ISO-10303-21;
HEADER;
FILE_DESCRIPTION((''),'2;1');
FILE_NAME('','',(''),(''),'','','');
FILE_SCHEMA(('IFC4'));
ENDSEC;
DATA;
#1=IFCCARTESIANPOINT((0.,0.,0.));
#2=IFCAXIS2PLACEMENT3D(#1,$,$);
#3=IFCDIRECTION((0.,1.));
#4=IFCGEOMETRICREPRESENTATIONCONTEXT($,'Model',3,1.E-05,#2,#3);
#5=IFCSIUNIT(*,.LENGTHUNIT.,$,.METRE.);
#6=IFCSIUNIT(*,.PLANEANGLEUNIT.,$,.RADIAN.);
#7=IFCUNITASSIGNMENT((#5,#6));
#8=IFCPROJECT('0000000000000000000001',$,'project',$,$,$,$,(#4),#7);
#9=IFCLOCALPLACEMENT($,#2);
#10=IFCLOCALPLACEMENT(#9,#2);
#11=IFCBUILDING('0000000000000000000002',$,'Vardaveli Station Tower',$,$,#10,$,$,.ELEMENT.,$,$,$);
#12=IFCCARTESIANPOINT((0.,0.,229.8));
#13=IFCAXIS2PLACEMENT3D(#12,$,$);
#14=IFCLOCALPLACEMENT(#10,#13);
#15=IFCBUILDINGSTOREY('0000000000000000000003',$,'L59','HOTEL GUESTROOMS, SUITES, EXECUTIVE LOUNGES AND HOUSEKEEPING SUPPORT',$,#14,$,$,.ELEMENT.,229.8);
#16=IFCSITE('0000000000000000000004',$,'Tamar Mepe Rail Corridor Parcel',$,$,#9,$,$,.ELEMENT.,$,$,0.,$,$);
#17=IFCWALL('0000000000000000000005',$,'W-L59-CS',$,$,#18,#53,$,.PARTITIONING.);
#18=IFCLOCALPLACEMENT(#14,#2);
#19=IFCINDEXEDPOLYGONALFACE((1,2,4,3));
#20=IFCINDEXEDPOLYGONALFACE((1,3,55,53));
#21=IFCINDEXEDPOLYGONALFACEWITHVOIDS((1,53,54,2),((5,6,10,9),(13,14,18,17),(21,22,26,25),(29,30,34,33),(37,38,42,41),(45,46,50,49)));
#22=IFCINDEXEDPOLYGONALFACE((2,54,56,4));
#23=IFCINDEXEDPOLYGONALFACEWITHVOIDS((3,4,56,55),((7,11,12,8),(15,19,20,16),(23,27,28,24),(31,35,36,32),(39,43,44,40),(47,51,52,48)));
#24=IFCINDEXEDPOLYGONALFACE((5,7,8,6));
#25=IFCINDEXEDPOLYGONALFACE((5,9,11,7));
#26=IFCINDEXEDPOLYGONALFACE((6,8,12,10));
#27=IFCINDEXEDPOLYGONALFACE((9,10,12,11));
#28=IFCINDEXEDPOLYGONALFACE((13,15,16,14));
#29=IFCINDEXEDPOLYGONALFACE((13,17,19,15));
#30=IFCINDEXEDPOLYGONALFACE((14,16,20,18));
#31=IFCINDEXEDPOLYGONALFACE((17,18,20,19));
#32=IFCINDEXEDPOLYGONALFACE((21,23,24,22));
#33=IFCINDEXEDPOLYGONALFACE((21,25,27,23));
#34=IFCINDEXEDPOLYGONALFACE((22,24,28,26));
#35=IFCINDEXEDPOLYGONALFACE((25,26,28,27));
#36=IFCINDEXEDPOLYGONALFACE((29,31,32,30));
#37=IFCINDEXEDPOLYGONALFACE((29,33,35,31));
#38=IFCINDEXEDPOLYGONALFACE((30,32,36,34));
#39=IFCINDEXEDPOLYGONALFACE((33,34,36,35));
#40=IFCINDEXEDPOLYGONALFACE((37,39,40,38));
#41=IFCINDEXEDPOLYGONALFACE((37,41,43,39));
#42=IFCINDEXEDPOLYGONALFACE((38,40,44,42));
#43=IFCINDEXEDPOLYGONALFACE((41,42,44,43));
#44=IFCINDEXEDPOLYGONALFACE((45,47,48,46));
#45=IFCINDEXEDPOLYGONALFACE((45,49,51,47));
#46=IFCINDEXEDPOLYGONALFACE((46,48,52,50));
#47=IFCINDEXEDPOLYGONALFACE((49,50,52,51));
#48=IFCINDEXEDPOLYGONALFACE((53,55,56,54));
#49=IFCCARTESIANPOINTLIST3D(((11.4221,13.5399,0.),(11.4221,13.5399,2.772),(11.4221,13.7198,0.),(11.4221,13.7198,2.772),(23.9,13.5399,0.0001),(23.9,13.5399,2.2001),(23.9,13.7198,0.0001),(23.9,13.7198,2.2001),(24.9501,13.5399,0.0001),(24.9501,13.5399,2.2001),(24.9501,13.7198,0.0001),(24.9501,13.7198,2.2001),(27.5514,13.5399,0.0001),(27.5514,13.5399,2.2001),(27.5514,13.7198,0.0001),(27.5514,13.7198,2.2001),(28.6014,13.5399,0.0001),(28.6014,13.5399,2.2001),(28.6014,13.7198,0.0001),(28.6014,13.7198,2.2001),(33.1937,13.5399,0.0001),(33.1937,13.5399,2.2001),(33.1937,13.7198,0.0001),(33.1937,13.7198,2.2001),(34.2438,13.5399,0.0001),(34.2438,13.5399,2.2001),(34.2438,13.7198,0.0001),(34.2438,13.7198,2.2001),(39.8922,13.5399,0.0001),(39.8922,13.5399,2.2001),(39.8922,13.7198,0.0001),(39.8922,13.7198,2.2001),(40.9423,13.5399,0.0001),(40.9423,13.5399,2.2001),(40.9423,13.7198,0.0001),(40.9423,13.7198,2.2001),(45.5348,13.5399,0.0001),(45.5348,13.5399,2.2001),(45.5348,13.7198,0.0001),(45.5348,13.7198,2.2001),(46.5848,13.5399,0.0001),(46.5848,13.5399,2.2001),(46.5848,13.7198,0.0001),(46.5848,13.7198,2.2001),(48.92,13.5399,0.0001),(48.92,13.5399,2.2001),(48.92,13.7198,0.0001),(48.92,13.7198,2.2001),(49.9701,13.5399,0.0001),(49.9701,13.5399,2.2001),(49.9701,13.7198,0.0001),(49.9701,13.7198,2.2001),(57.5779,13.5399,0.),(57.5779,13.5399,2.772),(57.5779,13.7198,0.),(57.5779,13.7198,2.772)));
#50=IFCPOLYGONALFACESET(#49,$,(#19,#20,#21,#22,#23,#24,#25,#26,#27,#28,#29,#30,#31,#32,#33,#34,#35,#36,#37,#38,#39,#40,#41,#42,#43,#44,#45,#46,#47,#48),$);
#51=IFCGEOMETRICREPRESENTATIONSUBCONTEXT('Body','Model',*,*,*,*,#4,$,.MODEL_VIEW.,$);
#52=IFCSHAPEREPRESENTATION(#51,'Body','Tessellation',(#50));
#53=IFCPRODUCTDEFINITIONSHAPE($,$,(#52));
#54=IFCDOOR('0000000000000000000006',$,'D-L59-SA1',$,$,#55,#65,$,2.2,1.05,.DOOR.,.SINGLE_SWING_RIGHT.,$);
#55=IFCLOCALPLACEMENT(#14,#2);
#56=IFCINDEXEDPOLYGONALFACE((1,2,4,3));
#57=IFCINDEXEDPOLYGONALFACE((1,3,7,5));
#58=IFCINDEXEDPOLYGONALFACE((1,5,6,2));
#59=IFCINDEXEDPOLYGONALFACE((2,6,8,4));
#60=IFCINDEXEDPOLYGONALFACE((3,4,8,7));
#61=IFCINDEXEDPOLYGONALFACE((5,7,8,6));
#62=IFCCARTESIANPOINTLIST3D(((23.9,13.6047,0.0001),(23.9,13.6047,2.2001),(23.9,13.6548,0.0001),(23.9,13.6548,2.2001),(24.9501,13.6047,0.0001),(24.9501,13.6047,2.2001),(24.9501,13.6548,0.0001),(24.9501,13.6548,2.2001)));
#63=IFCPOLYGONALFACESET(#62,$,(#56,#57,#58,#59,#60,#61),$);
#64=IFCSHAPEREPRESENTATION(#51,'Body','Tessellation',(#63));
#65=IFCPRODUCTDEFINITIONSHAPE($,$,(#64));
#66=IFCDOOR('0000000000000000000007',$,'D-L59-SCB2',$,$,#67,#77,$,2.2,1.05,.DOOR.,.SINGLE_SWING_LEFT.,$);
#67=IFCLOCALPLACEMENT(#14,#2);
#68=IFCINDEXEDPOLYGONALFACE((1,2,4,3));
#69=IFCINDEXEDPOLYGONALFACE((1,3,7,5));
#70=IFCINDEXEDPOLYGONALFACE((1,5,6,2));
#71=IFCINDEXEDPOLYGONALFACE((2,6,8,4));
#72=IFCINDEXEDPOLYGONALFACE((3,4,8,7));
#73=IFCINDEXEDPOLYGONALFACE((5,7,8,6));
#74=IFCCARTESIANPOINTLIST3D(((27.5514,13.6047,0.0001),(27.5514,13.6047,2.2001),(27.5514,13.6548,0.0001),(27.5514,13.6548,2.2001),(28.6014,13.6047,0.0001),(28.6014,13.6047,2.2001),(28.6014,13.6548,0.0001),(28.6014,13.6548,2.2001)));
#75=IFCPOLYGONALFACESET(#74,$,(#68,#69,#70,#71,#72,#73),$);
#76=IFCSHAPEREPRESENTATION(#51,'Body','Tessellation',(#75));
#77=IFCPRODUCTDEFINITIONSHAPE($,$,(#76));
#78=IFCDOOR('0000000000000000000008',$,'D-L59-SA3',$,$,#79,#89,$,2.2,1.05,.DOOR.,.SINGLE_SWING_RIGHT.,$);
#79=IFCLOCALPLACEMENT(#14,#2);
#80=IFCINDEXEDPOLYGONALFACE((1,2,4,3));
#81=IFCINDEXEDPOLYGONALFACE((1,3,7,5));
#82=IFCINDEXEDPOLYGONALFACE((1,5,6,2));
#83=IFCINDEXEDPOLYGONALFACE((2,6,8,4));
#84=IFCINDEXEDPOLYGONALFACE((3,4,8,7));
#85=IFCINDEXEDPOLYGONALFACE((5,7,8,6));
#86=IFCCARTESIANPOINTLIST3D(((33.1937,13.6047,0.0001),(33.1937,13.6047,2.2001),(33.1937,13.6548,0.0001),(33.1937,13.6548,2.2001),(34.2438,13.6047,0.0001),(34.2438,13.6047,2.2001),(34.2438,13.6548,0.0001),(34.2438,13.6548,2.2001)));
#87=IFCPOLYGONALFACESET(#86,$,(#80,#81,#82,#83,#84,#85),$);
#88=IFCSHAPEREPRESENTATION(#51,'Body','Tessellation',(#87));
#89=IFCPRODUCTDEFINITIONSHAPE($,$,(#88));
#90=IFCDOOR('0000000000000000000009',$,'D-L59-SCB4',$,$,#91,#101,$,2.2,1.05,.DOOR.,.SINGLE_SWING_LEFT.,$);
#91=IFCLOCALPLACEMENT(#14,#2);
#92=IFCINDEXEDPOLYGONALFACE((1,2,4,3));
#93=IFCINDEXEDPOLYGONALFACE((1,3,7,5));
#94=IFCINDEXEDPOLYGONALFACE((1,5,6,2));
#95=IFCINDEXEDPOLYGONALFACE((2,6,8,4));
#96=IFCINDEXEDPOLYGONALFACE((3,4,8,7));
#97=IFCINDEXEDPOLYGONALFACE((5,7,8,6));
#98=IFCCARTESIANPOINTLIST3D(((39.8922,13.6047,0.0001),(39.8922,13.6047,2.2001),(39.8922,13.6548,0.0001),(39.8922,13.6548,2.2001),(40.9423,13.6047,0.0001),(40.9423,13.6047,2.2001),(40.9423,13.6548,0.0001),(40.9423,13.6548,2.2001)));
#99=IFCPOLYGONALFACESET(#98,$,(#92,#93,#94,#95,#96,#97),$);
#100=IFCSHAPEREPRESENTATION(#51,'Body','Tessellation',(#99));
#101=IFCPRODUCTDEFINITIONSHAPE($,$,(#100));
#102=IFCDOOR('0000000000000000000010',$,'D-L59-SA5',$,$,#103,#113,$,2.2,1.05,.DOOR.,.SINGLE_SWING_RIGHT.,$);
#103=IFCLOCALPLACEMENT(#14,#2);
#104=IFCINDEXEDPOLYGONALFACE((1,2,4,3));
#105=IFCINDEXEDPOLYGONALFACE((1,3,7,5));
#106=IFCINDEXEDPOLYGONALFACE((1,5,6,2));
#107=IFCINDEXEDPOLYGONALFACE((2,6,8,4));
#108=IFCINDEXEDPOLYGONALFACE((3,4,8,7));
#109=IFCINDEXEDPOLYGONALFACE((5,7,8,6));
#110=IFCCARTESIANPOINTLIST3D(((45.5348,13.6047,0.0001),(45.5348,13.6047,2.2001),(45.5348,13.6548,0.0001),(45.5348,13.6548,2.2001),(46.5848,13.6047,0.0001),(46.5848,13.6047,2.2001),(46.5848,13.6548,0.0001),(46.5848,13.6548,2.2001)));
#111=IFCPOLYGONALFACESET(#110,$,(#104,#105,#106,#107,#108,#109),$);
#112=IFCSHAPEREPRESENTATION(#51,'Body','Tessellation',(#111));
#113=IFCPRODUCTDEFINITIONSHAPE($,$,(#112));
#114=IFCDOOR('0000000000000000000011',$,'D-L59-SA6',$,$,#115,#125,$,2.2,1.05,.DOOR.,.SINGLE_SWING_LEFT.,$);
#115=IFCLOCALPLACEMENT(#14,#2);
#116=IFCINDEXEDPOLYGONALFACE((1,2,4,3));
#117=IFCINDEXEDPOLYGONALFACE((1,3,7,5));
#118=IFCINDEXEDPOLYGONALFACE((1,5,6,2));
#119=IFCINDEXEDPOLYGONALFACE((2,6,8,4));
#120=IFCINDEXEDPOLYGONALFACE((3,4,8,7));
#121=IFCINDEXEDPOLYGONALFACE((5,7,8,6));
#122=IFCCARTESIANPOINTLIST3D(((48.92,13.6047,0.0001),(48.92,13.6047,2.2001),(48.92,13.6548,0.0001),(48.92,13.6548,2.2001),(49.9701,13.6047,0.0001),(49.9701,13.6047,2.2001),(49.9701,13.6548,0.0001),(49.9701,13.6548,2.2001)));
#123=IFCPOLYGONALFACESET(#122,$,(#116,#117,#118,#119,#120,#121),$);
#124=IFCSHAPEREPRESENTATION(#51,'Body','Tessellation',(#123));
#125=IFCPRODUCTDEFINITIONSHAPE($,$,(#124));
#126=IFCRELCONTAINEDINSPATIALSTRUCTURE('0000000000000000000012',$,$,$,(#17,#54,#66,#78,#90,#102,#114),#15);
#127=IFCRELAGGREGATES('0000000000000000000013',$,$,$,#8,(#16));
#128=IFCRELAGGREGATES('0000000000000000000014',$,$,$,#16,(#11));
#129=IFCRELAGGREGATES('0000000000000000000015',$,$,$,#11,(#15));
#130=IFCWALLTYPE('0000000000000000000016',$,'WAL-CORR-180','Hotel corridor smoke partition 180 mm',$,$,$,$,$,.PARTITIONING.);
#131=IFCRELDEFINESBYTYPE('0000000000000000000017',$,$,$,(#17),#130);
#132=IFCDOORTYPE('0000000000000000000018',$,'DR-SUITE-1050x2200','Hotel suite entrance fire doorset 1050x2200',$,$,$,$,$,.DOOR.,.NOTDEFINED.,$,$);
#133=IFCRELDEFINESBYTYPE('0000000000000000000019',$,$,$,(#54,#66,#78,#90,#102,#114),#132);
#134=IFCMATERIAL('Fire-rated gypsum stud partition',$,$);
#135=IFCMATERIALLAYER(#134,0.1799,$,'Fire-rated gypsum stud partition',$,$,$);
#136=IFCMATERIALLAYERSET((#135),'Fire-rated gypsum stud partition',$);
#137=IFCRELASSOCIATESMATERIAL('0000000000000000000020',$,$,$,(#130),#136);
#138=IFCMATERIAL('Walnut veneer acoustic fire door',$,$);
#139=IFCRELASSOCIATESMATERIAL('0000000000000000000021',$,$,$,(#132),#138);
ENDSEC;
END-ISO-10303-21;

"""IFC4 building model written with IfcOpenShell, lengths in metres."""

from ifc_helpers import new_model, si_unit, direction, frame, frame_2d, origin, place, context, subcontext, project, spatial, rectangle, extrude, source, transform, mapped, material, layer, layer_set, type_object, element, fill, save


model = new_model("IFC4")

# Units and contexts
model_context = context("Model", 3, precision=1e-05, world=origin(), true_north=direction((0.0, 1.0)))
body_context = subcontext(model_context, "Body", "Model", "MODEL_VIEW")
ifc_project = project(units=[si_unit("LENGTHUNIT", "METRE"), si_unit("PLANEANGLEUNIT", "RADIAN")], contexts=[model_context])

# Site, building, storey
site_placement = place(None, origin())
site = spatial("IfcSite", under=ifc_project, at=site_placement, Name="Tamar Mepe Rail Corridor Parcel", CompositionType="ELEMENT", RefElevation=0.0)
building_placement = place(site_placement, origin())
building = spatial("IfcBuilding", under=site, at=building_placement, Name="Vardaveli Station Tower", CompositionType="ELEMENT")
storey_placement = place(building_placement, frame((0.0, 0.0, 229.8)))
storey = spatial("IfcBuildingStorey", under=building, at=storey_placement, Name="L59", Description="HOTEL GUESTROOMS, SUITES, EXECUTIVE LOUNGES AND HOUSEKEEPING SUPPORT", CompositionType="ELEMENT", Elevation=229.8)

# Wall, openings, doors
ifc_material_1 = material(Name="Fire-rated gypsum stud partition")
ifc_layer_1 = layer(ifc_material_1, 0.1799, Name="Fire-rated gypsum stud partition")
ifc_layer_set_1 = layer_set([ifc_layer_1], Name="Fire-rated gypsum stud partition")
wall_type_1 = type_object("IfcWallType", Name="WAL-CORR-180", Description="Hotel corridor smoke partition 180 mm", PredefinedType="PARTITIONING", material=ifc_layer_set_1)
shared_shape_1 = source(origin(), body_context, "Body", "SweptSolid", [
    extrude(rectangle(XDim=46.1558, YDim=0.1799, at=frame_2d((23.0779, 0.0))), origin(), (0.0, 0.0, 1.0), 2.772),
])
wall_1_placement = place(storey_placement, frame((11.4221, 13.6299, 0.0), z_axis=(0.0, 0.0, 1.0), x_axis=(1.0, 0.0, 0.0)))
wall_1 = element("IfcWall", 1, at=wall_1_placement, inside=storey, type_object=wall_type_1, Name="W-L59-CS", PredefinedType="PARTITIONING", context=body_context, shape_type="MappedRepresentation", body=[
    mapped(shared_shape_1, transform((0.0, 0.0, 0.0), scale=1.0)),
])
shared_shape_2 = source(origin(), body_context, "Body", "SweptSolid", [
    extrude(rectangle(XDim=1.05, YDim=2.2, at=frame_2d((0.5249, 1.1001))), frame((0.0, 0.1001, 0.0), z_axis=(0.0, -1.0, 0.0), x_axis=(1.0, 0.0, 0.0)), (0.0, 0.0, 1.0), 0.2),
])
opening_1_placement = place(wall_1_placement, frame((12.478, 0.0, 0.0)))
opening_1 = element("IfcOpeningElement", 2, at=opening_1_placement, cuts=wall_1, PredefinedType="OPENING", context=body_context, shape_type="MappedRepresentation", body=[
    mapped(shared_shape_2, transform((0.0, 0.0, 0.0), scale=1.0)),
])
opening_2_placement = place(wall_1_placement, frame((16.1294, 0.0, 0.0)))
opening_2 = element("IfcOpeningElement", 3, at=opening_2_placement, cuts=wall_1, PredefinedType="OPENING", context=body_context, shape_type="MappedRepresentation", body=[
    mapped(shared_shape_2, transform((0.0, 0.0, 0.0), scale=1.0)),
])
opening_3_placement = place(wall_1_placement, frame((21.7717, 0.0, 0.0)))
opening_3 = element("IfcOpeningElement", 4, at=opening_3_placement, cuts=wall_1, PredefinedType="OPENING", context=body_context, shape_type="MappedRepresentation", body=[
    mapped(shared_shape_2, transform((0.0, 0.0, 0.0), scale=1.0)),
])
opening_4_placement = place(wall_1_placement, frame((28.4702, 0.0, 0.0)))
opening_4 = element("IfcOpeningElement", 5, at=opening_4_placement, cuts=wall_1, PredefinedType="OPENING", context=body_context, shape_type="MappedRepresentation", body=[
    mapped(shared_shape_2, transform((0.0, 0.0, 0.0), scale=1.0)),
])
opening_5_placement = place(wall_1_placement, frame((34.1128, 0.0, 0.0)))
opening_5 = element("IfcOpeningElement", 6, at=opening_5_placement, cuts=wall_1, PredefinedType="OPENING", context=body_context, shape_type="MappedRepresentation", body=[
    mapped(shared_shape_2, transform((0.0, 0.0, 0.0), scale=1.0)),
])
opening_6_placement = place(wall_1_placement, frame((37.498, 0.0, 0.0)))
opening_6 = element("IfcOpeningElement", 7, at=opening_6_placement, cuts=wall_1, PredefinedType="OPENING", context=body_context, shape_type="MappedRepresentation", body=[
    mapped(shared_shape_2, transform((0.0, 0.0, 0.0), scale=1.0)),
])
ifc_material_2 = material(Name="Walnut veneer acoustic fire door")
door_type_1 = type_object("IfcDoorType", Name="DR-SUITE-1050x2200", Description="Hotel suite entrance fire doorset 1050x2200", OperationType="NOTDEFINED", PredefinedType="DOOR", material=ifc_material_2)
shared_shape_3 = source(origin(), body_context, "Body", "SweptSolid", [
    extrude(rectangle(XDim=1.05, YDim=2.2, at=frame_2d((0.5249, 1.1001))), frame((0.0, 0.0249, 0.0), z_axis=(0.0, -1.0, 0.0), x_axis=(1.0, 0.0, 0.0)), (0.0, 0.0, 1.0), 0.05),
])
door_1_placement = place(opening_1_placement, origin())
door_1 = element("IfcDoor", 8, at=door_1_placement, inside=storey, type_object=door_type_1, Name="D-L59-SA1", OperationType="SINGLE_SWING_RIGHT", OverallHeight=2.2, OverallWidth=1.05, PredefinedType="DOOR", context=body_context, shape_type="MappedRepresentation", body=[
    mapped(shared_shape_3, transform((0.0, 0.0, 0.0), scale=1.0)),
])
fill(opening_1, door_1)
door_2_placement = place(opening_2_placement, origin())
door_2 = element("IfcDoor", 9, at=door_2_placement, inside=storey, type_object=door_type_1, Name="D-L59-SCB2", OperationType="SINGLE_SWING_LEFT", OverallHeight=2.2, OverallWidth=1.05, PredefinedType="DOOR", context=body_context, shape_type="MappedRepresentation", body=[
    mapped(shared_shape_3, transform((0.0, 0.0, 0.0), scale=1.0)),
])
fill(opening_2, door_2)
door_3_placement = place(opening_3_placement, origin())
door_3 = element("IfcDoor", 10, at=door_3_placement, inside=storey, type_object=door_type_1, Name="D-L59-SA3", OperationType="SINGLE_SWING_RIGHT", OverallHeight=2.2, OverallWidth=1.05, PredefinedType="DOOR", context=body_context, shape_type="MappedRepresentation", body=[
    mapped(shared_shape_3, transform((0.0, 0.0, 0.0), scale=1.0)),
])
fill(opening_3, door_3)
door_4_placement = place(opening_4_placement, origin())
door_4 = element("IfcDoor", 11, at=door_4_placement, inside=storey, type_object=door_type_1, Name="D-L59-SCB4", OperationType="SINGLE_SWING_LEFT", OverallHeight=2.2, OverallWidth=1.05, PredefinedType="DOOR", context=body_context, shape_type="MappedRepresentation", body=[
    mapped(shared_shape_3, transform((0.0, 0.0, 0.0), scale=1.0)),
])
fill(opening_4, door_4)
door_5_placement = place(opening_5_placement, origin())
door_5 = element("IfcDoor", 12, at=door_5_placement, inside=storey, type_object=door_type_1, Name="D-L59-SA5", OperationType="SINGLE_SWING_RIGHT", OverallHeight=2.2, OverallWidth=1.05, PredefinedType="DOOR", context=body_context, shape_type="MappedRepresentation", body=[
    mapped(shared_shape_3, transform((0.0, 0.0, 0.0), scale=1.0)),
])
fill(opening_5, door_5)
door_6_placement = place(opening_6_placement, origin())
door_6 = element("IfcDoor", 13, at=door_6_placement, inside=storey, type_object=door_type_1, Name="D-L59-SA6", OperationType="SINGLE_SWING_LEFT", OverallHeight=2.2, OverallWidth=1.05, PredefinedType="DOOR", context=body_context, shape_type="MappedRepresentation", body=[
    mapped(shared_shape_3, transform((0.0, 0.0, 0.0), scale=1.0)),
])
fill(opening_6, door_6)

save(model, "model.ifc")
